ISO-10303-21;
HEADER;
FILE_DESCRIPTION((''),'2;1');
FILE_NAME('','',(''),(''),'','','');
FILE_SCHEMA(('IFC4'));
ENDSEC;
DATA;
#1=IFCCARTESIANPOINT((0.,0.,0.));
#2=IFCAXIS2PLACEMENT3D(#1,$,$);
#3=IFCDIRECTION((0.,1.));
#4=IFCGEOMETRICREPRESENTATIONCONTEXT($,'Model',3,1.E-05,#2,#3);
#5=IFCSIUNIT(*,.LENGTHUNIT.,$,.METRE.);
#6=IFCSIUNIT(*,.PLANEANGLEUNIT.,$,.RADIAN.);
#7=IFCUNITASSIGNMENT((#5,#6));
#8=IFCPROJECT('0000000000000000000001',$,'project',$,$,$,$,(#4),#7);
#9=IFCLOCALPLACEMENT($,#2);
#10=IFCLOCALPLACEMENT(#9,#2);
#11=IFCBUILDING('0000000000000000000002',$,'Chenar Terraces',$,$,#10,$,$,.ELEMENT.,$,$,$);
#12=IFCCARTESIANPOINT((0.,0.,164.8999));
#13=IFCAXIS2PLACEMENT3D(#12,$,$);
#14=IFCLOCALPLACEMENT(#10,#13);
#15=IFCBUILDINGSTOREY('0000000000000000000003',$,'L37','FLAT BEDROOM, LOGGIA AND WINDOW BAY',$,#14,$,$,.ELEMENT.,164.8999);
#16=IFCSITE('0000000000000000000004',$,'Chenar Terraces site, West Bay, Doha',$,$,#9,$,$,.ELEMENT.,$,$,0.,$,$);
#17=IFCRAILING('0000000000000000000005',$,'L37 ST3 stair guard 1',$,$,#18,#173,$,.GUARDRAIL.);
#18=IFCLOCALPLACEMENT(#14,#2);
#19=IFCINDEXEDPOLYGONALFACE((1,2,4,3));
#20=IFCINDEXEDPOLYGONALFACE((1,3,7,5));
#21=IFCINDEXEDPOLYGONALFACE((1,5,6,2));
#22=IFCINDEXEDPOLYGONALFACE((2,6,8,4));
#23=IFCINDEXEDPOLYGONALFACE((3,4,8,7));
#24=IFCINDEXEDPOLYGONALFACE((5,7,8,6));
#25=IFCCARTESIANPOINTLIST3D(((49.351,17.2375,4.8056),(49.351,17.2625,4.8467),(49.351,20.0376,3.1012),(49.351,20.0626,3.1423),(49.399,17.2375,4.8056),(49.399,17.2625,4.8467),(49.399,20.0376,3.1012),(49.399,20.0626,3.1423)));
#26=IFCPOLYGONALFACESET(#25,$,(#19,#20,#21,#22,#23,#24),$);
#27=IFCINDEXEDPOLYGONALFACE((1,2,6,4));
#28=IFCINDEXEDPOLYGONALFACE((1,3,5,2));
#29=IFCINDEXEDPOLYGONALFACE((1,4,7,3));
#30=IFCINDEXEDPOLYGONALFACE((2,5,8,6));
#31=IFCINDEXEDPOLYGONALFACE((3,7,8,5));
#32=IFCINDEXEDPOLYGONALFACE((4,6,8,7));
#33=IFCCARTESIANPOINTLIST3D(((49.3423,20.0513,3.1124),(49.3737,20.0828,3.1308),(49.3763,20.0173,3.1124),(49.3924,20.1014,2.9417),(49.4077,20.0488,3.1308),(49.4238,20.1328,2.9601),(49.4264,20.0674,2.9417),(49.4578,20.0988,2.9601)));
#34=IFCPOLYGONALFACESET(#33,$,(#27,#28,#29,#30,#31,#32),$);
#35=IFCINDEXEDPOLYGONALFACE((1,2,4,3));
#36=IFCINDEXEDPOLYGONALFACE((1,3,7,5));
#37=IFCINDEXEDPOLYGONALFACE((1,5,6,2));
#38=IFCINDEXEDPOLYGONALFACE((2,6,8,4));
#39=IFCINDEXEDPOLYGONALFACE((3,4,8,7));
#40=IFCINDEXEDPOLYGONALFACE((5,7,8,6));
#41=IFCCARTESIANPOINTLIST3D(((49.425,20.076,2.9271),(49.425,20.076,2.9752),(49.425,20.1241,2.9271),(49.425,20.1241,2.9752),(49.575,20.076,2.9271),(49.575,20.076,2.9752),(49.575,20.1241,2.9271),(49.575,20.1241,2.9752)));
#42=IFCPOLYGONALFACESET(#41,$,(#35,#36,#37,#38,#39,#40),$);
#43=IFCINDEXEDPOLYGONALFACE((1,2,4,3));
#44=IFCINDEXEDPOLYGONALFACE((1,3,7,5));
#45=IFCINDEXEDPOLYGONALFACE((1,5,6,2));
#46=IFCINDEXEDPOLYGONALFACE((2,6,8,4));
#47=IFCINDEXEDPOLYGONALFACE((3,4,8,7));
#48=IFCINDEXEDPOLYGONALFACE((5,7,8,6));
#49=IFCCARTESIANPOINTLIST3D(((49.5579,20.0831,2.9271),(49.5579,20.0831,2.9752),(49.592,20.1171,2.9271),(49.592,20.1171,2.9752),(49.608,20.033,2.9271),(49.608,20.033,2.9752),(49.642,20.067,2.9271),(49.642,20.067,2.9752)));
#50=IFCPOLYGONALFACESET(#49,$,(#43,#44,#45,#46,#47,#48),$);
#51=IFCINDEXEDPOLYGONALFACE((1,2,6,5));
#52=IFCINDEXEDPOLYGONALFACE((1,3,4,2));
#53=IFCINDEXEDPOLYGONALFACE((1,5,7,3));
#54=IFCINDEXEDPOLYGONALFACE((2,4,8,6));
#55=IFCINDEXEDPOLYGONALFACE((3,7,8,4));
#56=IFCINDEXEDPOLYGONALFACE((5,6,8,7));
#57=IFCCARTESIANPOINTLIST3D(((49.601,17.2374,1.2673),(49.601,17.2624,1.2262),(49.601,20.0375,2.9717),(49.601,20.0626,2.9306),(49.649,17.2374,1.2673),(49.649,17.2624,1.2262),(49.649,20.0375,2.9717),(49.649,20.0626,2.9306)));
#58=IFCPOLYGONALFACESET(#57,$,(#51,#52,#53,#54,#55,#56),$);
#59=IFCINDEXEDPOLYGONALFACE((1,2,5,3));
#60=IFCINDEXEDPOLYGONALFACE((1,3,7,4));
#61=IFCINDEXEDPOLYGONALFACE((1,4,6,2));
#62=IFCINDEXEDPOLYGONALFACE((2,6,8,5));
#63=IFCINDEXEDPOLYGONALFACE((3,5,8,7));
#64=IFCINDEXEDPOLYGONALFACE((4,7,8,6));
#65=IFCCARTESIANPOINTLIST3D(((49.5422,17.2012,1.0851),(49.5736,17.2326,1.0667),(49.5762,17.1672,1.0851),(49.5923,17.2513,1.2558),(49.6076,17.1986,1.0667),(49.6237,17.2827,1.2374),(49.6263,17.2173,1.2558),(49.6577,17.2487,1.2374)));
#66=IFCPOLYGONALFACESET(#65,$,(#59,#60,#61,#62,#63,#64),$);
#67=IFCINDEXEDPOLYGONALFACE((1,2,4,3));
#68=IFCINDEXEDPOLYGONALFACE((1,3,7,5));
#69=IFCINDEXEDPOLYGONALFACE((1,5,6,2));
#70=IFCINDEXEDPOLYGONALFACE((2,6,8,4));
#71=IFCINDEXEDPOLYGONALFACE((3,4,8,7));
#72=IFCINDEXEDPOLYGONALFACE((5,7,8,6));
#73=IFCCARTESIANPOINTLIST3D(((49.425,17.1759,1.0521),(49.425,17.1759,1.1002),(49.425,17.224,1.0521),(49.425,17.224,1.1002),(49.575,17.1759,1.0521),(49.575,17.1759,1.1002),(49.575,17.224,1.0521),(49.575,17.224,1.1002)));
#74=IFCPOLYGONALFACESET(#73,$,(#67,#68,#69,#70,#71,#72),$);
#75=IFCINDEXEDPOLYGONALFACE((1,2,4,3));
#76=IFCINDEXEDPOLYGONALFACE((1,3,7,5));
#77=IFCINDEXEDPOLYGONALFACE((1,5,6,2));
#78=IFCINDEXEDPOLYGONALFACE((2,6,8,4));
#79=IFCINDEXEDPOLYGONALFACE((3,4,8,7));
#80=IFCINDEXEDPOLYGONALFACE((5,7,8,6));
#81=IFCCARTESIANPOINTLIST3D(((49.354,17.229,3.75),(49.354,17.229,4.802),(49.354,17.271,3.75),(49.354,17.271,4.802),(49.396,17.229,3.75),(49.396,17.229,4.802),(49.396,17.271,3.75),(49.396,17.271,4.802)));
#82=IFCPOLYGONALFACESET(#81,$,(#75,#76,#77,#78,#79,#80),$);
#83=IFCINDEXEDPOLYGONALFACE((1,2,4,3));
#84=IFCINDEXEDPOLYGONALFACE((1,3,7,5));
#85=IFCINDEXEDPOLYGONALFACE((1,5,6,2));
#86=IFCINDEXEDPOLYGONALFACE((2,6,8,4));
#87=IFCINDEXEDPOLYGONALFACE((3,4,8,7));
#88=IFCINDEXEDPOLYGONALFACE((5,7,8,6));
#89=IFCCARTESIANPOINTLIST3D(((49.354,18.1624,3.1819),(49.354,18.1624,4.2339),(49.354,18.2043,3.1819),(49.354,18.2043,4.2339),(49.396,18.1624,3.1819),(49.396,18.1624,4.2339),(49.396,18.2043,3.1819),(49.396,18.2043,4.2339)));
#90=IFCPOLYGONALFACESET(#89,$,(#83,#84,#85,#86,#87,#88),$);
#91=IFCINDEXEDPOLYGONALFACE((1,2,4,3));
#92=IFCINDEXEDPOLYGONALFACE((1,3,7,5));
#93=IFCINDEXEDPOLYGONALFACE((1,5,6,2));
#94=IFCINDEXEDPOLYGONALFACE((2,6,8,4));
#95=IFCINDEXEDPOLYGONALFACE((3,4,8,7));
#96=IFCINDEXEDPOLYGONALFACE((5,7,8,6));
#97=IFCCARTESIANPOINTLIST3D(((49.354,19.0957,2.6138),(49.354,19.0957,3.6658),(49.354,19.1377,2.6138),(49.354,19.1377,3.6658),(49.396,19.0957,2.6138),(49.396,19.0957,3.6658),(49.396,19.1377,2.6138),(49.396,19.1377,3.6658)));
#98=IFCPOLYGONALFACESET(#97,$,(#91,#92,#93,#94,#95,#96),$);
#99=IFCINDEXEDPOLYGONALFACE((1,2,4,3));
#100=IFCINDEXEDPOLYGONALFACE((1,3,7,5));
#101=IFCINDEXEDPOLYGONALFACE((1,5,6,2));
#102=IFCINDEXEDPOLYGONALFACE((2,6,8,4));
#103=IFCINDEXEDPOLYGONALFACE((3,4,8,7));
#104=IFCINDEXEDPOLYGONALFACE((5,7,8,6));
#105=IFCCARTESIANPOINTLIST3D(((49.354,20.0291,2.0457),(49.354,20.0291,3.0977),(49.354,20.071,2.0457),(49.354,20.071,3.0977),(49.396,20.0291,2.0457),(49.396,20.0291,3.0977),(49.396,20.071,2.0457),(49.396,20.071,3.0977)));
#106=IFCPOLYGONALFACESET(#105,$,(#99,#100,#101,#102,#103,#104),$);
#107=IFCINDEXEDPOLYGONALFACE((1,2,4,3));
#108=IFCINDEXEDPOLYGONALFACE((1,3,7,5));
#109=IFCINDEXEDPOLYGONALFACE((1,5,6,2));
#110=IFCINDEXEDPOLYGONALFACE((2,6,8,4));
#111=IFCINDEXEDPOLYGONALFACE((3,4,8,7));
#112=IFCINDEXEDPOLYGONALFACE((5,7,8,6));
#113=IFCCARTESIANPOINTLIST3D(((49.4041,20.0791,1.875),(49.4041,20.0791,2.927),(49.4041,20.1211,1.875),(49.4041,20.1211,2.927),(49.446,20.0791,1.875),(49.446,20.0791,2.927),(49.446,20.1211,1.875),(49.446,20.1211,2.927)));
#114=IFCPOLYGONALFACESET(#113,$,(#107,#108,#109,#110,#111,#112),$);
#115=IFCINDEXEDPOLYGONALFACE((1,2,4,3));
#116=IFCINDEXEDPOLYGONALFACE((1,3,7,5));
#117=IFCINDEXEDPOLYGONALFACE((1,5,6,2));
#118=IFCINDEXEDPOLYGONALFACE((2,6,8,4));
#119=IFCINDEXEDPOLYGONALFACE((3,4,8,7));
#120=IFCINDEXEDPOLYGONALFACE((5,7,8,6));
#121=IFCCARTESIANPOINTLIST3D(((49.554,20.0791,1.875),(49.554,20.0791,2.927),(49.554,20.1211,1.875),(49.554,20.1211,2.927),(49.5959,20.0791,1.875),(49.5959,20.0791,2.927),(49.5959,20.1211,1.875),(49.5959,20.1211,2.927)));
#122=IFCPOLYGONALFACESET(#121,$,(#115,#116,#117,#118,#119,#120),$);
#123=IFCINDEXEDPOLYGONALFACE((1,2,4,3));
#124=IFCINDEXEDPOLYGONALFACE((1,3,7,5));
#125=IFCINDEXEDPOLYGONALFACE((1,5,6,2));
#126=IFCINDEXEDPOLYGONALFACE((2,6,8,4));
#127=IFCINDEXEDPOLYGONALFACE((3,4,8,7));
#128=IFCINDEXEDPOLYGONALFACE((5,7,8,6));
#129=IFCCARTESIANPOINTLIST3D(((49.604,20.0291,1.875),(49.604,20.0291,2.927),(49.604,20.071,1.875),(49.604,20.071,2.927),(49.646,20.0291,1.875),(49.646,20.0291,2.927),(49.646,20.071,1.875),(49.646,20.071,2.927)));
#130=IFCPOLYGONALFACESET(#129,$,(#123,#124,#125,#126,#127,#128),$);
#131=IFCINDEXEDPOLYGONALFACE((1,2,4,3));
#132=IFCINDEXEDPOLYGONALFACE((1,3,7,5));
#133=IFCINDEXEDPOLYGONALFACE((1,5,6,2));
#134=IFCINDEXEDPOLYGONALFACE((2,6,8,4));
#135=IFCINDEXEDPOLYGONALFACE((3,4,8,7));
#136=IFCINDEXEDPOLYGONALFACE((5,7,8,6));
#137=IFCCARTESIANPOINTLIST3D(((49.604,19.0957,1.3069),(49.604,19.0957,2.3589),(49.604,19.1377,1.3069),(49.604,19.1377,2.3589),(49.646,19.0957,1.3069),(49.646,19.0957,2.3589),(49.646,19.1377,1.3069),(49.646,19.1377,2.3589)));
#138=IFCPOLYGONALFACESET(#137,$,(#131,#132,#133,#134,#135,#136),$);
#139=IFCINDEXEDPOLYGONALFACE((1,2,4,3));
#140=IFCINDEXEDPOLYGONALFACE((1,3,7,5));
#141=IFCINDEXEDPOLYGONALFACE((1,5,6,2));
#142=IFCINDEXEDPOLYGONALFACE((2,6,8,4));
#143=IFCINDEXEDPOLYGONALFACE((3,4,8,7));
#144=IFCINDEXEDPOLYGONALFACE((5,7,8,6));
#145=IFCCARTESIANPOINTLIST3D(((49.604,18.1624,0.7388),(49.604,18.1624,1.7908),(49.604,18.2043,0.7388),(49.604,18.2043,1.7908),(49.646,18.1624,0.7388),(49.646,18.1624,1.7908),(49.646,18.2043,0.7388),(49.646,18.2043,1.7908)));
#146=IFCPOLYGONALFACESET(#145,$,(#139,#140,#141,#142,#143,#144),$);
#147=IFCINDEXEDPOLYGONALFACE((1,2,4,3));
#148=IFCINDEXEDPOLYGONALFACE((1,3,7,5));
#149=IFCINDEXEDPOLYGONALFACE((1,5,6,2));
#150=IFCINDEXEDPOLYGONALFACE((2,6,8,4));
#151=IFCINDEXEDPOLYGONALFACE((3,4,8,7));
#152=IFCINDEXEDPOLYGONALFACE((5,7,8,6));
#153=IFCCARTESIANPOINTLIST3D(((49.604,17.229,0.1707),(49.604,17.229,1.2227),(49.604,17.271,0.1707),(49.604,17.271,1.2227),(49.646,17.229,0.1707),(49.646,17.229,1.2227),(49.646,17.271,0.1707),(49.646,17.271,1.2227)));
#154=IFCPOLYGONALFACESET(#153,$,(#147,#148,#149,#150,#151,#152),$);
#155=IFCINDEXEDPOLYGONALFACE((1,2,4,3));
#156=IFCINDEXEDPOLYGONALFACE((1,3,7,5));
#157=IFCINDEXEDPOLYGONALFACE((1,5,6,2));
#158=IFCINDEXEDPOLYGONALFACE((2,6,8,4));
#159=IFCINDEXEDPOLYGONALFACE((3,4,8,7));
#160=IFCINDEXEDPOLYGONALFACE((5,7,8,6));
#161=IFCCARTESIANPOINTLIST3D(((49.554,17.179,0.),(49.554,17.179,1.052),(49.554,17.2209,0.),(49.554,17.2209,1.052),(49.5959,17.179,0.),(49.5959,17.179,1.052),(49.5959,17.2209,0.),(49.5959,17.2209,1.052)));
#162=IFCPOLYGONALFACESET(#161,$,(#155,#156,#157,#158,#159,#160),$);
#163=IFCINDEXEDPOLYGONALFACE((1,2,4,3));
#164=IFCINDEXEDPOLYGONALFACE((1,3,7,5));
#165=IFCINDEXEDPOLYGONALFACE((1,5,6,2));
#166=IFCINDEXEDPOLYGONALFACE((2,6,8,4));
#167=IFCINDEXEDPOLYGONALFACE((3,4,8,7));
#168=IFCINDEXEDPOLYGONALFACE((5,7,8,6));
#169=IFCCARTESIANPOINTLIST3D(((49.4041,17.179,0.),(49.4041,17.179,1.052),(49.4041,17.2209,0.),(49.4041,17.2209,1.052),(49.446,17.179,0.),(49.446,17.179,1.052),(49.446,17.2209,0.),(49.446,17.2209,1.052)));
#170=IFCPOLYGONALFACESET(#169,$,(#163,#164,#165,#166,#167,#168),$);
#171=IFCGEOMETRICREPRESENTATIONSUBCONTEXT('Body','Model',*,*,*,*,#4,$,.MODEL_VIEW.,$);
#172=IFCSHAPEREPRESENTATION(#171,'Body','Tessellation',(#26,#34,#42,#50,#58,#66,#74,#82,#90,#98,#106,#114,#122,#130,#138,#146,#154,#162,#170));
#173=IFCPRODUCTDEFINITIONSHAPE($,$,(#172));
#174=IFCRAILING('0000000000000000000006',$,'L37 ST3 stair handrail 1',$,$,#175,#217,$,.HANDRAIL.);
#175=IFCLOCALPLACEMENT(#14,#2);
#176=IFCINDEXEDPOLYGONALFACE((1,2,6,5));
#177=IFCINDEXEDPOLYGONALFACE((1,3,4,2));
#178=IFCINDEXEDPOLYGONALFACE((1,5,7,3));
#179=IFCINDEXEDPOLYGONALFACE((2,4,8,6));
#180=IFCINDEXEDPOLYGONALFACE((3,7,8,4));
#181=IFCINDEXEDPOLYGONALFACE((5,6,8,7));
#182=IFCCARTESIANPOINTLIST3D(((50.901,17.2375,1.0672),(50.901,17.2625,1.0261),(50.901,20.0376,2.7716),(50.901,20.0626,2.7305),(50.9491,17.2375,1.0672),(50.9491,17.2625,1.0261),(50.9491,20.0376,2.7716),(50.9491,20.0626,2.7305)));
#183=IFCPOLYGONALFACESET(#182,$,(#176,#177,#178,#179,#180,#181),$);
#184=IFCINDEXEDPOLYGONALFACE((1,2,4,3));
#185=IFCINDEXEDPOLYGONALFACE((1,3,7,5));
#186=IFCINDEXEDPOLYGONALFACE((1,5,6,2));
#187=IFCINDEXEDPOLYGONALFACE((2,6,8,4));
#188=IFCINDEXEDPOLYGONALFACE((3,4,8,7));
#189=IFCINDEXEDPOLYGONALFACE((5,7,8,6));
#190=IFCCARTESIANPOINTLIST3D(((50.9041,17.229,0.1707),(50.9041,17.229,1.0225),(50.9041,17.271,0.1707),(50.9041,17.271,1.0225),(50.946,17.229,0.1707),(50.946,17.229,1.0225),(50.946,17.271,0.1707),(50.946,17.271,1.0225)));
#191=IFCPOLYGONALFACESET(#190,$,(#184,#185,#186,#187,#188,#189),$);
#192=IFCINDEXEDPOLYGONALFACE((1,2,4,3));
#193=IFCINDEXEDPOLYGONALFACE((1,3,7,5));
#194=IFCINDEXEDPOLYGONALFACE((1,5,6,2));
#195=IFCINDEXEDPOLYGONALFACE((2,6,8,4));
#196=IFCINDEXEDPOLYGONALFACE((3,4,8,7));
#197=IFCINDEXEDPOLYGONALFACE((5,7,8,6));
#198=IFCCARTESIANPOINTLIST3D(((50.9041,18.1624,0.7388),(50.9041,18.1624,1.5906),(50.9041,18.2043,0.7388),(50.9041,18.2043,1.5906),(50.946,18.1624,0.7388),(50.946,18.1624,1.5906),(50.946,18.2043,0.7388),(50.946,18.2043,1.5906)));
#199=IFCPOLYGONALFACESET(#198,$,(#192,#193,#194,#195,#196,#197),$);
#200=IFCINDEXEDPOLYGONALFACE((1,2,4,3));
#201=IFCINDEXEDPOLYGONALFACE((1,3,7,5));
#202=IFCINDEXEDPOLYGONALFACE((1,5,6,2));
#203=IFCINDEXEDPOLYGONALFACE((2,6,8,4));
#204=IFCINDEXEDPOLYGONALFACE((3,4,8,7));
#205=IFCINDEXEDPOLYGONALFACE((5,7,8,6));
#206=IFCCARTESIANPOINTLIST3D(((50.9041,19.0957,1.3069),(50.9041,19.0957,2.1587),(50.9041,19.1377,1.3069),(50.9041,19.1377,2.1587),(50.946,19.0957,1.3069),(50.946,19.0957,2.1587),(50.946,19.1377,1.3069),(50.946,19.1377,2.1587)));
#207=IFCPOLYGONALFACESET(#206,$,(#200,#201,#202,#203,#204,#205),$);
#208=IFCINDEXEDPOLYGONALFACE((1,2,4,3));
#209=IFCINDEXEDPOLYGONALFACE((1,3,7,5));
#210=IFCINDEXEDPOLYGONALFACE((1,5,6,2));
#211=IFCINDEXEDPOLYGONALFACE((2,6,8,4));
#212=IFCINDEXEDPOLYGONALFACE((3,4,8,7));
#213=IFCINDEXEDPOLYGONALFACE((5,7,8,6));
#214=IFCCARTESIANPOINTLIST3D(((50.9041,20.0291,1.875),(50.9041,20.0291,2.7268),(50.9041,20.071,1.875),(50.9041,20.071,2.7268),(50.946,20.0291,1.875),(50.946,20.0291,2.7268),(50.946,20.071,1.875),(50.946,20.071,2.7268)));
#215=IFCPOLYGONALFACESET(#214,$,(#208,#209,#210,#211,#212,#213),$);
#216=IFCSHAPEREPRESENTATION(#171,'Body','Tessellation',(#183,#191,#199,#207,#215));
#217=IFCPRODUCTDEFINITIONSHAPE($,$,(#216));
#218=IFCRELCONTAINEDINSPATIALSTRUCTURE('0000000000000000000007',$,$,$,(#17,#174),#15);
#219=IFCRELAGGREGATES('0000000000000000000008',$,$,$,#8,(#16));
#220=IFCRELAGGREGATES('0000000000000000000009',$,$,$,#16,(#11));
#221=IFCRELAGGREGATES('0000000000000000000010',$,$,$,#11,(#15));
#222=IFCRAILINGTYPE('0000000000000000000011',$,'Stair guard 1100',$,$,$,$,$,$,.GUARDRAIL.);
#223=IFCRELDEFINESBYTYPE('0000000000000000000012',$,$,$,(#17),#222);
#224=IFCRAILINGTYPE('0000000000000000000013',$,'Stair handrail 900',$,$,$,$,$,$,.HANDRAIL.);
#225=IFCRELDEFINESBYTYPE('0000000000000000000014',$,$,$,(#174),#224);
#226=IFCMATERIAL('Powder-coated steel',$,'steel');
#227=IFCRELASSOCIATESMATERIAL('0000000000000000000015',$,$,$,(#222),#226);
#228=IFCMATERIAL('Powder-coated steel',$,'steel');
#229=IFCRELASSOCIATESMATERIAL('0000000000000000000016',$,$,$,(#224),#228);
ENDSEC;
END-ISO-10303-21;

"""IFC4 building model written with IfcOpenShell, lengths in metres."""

from ifc_helpers import new_model, si_unit, direction, frame, origin, origin_2d, place, context, subcontext, project, spatial, rectangle, extrude, material, type_object, element, save


model = new_model("IFC4")

# Units and contexts
model_context = context("Model", 3, precision=1e-05, world=origin(), true_north=direction((0.0, 1.0)))
body_context = subcontext(model_context, "Body", "Model", "MODEL_VIEW")
ifc_project = project(units=[si_unit("LENGTHUNIT", "METRE"), si_unit("PLANEANGLEUNIT", "RADIAN")], contexts=[model_context])

# Site, building, storey
site_placement = place(None, origin())
site = spatial("IfcSite", under=ifc_project, at=site_placement, Name="Chenar Terraces site, West Bay, Doha", CompositionType="ELEMENT", RefElevation=0.0)
building_placement = place(site_placement, origin())
building = spatial("IfcBuilding", under=site, at=building_placement, Name="Chenar Terraces", CompositionType="ELEMENT")
storey_placement = place(building_placement, frame((0.0, 0.0, 164.8999)))
storey = spatial("IfcBuildingStorey", under=building, at=storey_placement, Name="L37", Description="FLAT BEDROOM, LOGGIA AND WINDOW BAY", CompositionType="ELEMENT", Elevation=164.8999)

# Railings
ifc_material_1 = material(Name="Powder-coated steel", Category="steel")
railing_type_1 = type_object("IfcRailingType", Name="Stair guard 1100", PredefinedType="GUARDRAIL", material=ifc_material_1)
railing_1_placement = place(storey_placement, frame((49.375, 17.25, 3.75)))
element("IfcRailing", 1, at=railing_1_placement, inside=storey, type_object=railing_type_1, Name="L37 ST3 stair guard 1", PredefinedType="GUARDRAIL", context=body_context, shape_type="SweptSolid", body=[
    extrude(rectangle(XDim=0.0481, YDim=0.0481, at=origin_2d()), frame((0.0, 0.0, 1.0762), z_axis=(0.0, 0.854203, -0.51994), x_axis=(-1.0, 0.0, 0.0)), (0.0, 0.0, 1.0), 3.2781),
    extrude(rectangle(XDim=0.0481, YDim=0.0481, at=origin_2d()), frame((0.0, 2.8, -0.6284), z_axis=(0.2709, 0.2709, -0.923703), x_axis=(-0.707107, 0.707107, 0.0)), (0.0, 0.0, 1.0), 0.1848),
    extrude(rectangle(XDim=0.0481, YDim=0.0481, at=origin_2d()), frame((0.05, 2.8501, -0.7988), z_axis=(1.0, 0.0, 0.0), x_axis=(0.0, 1.0, 0.0)), (0.0, 0.0, 1.0), 0.1499),
    extrude(rectangle(XDim=0.0481, YDim=0.0481, at=origin_2d()), frame((0.2, 2.8501, -0.7988), z_axis=(0.707107, -0.707107, 0.0), x_axis=(0.707107, 0.707107, 0.0)), (0.0, 0.0, 1.0), 0.0708),
    extrude(rectangle(XDim=0.0481, YDim=0.0481, at=origin_2d()), frame((0.25, 2.8, -0.7988), z_axis=(0.0, -0.854203, -0.51994), x_axis=(1.0, 0.0, 0.0)), (0.0, 0.0, 1.0), 3.2781),
    extrude(rectangle(XDim=0.0481, YDim=0.0481, at=origin_2d()), frame((0.25, 0.0, -2.5034), z_axis=(-0.2709, -0.2709, -0.923703), x_axis=(0.707107, -0.707107, 0.0)), (0.0, 0.0, 1.0), 0.1848),
    extrude(rectangle(XDim=0.0481, YDim=0.0481, at=origin_2d()), frame((0.2, -0.05, -2.6738), z_axis=(-1.0, 0.0, 0.0), x_axis=(0.0, -1.0, 0.0)), (0.0, 0.0, 1.0), 0.1499),
    extrude(rectangle(XDim=0.042, YDim=0.042, at=origin_2d()), origin(), (0.0, 0.0, 1.0), 1.052),
    extrude(rectangle(XDim=0.042, YDim=0.042, at=origin_2d()), frame((0.0, 0.9333, -0.5681)), (0.0, 0.0, 1.0), 1.052),
    extrude(rectangle(XDim=0.042, YDim=0.042, at=origin_2d()), frame((0.0, 1.8667, -1.1362)), (0.0, 0.0, 1.0), 1.052),
    extrude(rectangle(XDim=0.042, YDim=0.042, at=origin_2d()), frame((0.0, 2.8, -1.7043)), (0.0, 0.0, 1.0), 1.052),
    extrude(rectangle(XDim=0.042, YDim=0.042, at=origin_2d()), frame((0.05, 2.8501, -1.875)), (0.0, 0.0, 1.0), 1.052),
    extrude(rectangle(XDim=0.042, YDim=0.042, at=origin_2d()), frame((0.2, 2.8501, -1.875)), (0.0, 0.0, 1.0), 1.052),
    extrude(rectangle(XDim=0.042, YDim=0.042, at=origin_2d()), frame((0.25, 2.8, -1.875)), (0.0, 0.0, 1.0), 1.052),
    extrude(rectangle(XDim=0.042, YDim=0.042, at=origin_2d()), frame((0.25, 1.8667, -2.4431)), (0.0, 0.0, 1.0), 1.052),
    extrude(rectangle(XDim=0.042, YDim=0.042, at=origin_2d()), frame((0.25, 0.9333, -3.0112)), (0.0, 0.0, 1.0), 1.052),
    extrude(rectangle(XDim=0.042, YDim=0.042, at=origin_2d()), frame((0.25, 0.0, -3.5793)), (0.0, 0.0, 1.0), 1.052),
    extrude(rectangle(XDim=0.042, YDim=0.042, at=origin_2d()), frame((0.2, -0.05, -3.75)), (0.0, 0.0, 1.0), 1.052),
    extrude(rectangle(XDim=0.042, YDim=0.042, at=origin_2d()), frame((0.05, -0.05, -3.75)), (0.0, 0.0, 1.0), 1.052),
])
ifc_material_2 = material(Name="Powder-coated steel", Category="steel")
railing_type_2 = type_object("IfcRailingType", Name="Stair handrail 900", PredefinedType="HANDRAIL", material=ifc_material_2)
railing_2_placement = place(storey_placement, frame((50.925, 17.25, 0.1707)))
element("IfcRailing", 2, at=railing_2_placement, inside=storey, type_object=railing_type_2, Name="L37 ST3 stair handrail 1", PredefinedType="HANDRAIL", context=body_context, shape_type="SweptSolid", body=[
    extrude(rectangle(XDim=0.0481, YDim=0.0481, at=origin_2d()), frame((0.0, 0.0, 0.876), z_axis=(0.0, 0.854203, 0.51994), x_axis=(-1.0, 0.0, 0.0)), (0.0, 0.0, 1.0), 3.2781),
    extrude(rectangle(XDim=0.042, YDim=0.042, at=origin_2d()), origin(), (0.0, 0.0, 1.0), 0.8518),
    extrude(rectangle(XDim=0.042, YDim=0.042, at=origin_2d()), frame((0.0, 0.9333, 0.5681)), (0.0, 0.0, 1.0), 0.8518),
    extrude(rectangle(XDim=0.042, YDim=0.042, at=origin_2d()), frame((0.0, 1.8667, 1.1362)), (0.0, 0.0, 1.0), 0.8518),
    extrude(rectangle(XDim=0.042, YDim=0.042, at=origin_2d()), frame((0.0, 2.8, 1.7043)), (0.0, 0.0, 1.0), 0.8518),
])

save(model, "model.ifc")
